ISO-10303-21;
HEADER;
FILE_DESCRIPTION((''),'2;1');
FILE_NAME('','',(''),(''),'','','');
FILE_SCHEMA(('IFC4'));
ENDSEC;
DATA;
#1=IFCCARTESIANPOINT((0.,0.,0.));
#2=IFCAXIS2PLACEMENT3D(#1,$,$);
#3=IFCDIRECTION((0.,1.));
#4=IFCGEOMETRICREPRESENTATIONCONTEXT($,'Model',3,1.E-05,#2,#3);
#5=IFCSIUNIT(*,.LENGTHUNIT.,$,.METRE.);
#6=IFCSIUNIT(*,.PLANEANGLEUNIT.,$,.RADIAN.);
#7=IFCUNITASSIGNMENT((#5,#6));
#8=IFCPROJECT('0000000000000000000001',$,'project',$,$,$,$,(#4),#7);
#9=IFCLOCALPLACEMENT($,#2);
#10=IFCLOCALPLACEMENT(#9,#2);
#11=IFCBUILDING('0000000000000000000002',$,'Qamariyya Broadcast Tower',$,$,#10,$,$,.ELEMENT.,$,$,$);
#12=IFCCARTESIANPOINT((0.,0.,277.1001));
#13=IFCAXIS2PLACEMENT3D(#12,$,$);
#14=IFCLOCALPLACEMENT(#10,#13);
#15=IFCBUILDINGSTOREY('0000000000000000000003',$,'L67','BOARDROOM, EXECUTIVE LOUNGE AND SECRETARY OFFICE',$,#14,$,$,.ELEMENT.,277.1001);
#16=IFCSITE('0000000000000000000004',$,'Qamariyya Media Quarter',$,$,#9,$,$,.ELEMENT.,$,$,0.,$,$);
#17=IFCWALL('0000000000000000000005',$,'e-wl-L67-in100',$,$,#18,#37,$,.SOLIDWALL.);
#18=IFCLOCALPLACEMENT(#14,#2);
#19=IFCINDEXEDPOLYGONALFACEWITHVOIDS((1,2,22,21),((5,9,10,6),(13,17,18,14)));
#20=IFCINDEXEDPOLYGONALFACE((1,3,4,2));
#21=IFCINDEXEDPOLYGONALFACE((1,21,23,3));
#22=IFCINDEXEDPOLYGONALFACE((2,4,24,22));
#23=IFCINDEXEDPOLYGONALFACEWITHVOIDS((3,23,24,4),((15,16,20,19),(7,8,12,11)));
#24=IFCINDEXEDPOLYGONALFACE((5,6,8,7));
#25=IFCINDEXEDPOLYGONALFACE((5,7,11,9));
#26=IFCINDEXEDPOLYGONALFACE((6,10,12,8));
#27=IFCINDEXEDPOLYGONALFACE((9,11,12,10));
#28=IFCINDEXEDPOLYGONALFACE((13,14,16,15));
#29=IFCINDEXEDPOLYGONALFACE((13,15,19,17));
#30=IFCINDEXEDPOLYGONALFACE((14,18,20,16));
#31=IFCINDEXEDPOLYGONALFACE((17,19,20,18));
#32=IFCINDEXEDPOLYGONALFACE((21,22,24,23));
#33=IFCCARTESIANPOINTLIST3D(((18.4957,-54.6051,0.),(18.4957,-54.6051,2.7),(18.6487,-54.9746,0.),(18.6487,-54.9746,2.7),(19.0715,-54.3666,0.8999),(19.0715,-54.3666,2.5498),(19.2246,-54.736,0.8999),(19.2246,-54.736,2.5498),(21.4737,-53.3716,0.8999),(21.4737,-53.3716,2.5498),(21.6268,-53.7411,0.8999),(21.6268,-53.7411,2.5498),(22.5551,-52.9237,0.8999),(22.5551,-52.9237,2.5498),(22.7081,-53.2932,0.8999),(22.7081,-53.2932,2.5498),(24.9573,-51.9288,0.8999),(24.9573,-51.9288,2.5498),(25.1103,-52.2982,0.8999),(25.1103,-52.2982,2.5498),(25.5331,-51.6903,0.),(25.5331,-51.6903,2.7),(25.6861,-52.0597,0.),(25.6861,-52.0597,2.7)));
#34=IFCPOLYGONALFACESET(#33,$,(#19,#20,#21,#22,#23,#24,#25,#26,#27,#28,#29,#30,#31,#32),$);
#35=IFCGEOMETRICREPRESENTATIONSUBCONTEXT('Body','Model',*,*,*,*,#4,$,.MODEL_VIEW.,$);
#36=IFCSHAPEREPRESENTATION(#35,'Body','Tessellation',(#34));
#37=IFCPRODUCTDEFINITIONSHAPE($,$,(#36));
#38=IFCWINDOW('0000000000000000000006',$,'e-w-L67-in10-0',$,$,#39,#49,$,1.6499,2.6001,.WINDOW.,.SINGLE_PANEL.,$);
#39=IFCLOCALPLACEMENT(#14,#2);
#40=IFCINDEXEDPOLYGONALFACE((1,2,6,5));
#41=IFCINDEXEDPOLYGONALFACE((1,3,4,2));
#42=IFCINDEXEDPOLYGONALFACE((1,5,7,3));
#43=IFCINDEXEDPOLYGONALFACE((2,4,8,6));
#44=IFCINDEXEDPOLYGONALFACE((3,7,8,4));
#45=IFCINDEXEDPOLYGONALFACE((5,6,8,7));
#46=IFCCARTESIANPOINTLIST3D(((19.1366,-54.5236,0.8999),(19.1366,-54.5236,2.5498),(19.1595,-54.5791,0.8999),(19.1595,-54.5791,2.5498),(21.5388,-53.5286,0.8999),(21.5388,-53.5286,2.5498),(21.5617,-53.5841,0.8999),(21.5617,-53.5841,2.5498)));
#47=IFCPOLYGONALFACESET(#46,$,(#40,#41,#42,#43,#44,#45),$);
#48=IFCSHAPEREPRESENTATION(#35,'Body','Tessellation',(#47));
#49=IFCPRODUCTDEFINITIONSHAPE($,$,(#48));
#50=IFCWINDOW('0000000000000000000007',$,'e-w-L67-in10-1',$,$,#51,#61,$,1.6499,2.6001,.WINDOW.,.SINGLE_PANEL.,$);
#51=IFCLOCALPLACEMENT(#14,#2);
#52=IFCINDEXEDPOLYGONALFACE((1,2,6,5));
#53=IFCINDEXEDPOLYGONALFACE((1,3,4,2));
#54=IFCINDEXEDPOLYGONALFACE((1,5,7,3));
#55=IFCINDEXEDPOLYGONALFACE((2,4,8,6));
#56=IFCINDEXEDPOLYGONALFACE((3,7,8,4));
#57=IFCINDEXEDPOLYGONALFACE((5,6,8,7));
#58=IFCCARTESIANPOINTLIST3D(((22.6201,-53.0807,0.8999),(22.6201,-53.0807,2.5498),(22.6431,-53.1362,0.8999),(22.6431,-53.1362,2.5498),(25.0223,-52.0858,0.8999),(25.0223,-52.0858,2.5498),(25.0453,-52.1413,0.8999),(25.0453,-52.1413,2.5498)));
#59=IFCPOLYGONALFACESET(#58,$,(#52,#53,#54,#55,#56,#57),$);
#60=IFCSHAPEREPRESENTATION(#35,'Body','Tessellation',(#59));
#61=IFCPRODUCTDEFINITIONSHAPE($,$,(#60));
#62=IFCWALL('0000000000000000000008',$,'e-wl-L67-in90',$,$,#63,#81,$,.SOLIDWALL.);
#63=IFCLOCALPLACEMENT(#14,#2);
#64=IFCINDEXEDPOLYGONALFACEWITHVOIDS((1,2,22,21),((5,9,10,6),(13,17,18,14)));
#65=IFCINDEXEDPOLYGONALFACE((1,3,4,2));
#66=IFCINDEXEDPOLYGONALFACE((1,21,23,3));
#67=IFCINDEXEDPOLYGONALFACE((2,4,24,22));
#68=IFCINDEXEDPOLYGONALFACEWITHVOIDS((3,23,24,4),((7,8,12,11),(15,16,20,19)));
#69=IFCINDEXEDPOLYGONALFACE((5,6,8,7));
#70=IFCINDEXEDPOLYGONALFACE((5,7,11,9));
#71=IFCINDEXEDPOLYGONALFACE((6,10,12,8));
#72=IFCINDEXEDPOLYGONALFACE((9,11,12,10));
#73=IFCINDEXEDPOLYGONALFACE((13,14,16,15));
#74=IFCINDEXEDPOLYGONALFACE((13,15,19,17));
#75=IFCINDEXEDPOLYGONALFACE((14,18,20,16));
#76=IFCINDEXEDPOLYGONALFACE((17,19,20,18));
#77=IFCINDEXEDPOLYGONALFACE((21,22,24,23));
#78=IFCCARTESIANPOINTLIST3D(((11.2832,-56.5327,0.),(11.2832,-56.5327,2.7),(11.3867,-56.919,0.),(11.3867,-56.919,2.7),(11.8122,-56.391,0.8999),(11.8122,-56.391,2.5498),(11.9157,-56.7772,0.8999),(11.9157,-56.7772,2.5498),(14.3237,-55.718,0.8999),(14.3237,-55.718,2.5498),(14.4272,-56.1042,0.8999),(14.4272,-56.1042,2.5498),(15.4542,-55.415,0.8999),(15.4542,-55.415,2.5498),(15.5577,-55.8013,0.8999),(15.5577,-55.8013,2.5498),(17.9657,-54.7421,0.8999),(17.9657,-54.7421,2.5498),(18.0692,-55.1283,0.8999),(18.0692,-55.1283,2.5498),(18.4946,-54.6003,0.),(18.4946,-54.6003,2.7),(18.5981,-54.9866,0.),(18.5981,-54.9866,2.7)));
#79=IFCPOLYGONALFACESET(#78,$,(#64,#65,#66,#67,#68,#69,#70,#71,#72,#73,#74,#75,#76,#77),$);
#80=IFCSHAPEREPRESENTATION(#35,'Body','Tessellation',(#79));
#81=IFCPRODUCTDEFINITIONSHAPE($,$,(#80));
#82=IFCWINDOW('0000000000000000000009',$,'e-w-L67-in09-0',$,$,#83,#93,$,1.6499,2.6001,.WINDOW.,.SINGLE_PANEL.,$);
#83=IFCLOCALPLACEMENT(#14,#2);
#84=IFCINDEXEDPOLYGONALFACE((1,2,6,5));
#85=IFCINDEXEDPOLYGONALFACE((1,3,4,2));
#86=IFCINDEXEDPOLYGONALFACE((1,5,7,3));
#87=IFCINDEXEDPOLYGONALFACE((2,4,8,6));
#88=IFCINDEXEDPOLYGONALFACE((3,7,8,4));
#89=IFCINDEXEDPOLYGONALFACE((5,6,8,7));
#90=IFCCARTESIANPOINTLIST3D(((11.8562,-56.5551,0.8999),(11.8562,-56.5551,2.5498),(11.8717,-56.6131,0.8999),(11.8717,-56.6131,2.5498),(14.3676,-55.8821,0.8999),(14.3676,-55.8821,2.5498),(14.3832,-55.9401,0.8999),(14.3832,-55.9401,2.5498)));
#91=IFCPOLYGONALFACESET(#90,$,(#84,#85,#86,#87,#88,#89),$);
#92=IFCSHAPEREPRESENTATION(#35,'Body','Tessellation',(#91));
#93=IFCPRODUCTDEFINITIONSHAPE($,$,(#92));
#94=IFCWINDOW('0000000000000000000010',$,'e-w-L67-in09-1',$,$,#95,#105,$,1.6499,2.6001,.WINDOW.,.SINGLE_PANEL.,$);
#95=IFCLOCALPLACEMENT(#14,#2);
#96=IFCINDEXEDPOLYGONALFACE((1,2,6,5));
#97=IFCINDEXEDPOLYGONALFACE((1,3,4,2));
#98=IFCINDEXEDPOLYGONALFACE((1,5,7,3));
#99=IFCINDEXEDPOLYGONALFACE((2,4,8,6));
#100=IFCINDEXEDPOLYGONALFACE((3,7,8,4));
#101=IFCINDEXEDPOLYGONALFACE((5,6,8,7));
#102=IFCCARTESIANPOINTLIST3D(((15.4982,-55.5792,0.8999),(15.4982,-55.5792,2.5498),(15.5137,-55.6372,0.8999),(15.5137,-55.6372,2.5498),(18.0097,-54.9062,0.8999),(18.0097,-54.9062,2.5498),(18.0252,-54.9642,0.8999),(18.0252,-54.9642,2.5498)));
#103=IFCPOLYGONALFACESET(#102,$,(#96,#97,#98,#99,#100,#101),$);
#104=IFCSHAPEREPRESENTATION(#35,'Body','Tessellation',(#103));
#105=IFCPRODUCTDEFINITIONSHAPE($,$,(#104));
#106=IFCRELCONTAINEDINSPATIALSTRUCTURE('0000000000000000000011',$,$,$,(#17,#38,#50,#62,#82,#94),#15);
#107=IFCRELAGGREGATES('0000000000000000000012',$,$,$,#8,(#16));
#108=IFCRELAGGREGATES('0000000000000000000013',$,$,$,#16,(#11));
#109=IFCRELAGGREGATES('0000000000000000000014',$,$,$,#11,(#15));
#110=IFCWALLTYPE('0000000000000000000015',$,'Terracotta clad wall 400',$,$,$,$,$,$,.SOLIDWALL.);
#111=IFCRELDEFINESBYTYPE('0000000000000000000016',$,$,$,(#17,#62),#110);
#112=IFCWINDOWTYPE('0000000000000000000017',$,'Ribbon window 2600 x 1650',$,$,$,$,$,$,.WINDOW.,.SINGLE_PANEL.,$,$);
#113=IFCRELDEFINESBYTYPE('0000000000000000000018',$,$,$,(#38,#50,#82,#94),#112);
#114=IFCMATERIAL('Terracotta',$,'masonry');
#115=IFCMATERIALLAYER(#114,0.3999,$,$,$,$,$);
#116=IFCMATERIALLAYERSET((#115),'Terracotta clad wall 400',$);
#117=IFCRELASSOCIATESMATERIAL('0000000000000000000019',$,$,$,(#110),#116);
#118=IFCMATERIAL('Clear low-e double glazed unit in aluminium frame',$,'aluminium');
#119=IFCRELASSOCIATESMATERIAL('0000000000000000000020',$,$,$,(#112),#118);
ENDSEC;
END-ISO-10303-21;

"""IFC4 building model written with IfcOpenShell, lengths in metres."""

from ifc_helpers import new_model, si_unit, direction, frame, frame_2d, origin, place, context, subcontext, project, spatial, rectangle, extrude, material, layer, layer_set, type_object, element, fill, save


model = new_model("IFC4")

# Units and contexts
model_context = context("Model", 3, precision=1e-05, world=origin(), true_north=direction((0.0, 1.0)))
body_context = subcontext(model_context, "Body", "Model", "MODEL_VIEW")
ifc_project = project(units=[si_unit("LENGTHUNIT", "METRE"), si_unit("PLANEANGLEUNIT", "RADIAN")], contexts=[model_context])

# Site, building, storey
site_placement = place(None, origin())
site = spatial("IfcSite", under=ifc_project, at=site_placement, Name="Qamariyya Media Quarter", CompositionType="ELEMENT", RefElevation=0.0)
building_placement = place(site_placement, origin())
building = spatial("IfcBuilding", under=site, at=building_placement, Name="Qamariyya Broadcast Tower", CompositionType="ELEMENT")
storey_placement = place(building_placement, frame((0.0, 0.0, 277.1001)))
storey = spatial("IfcBuildingStorey", under=building, at=storey_placement, Name="L67", Description="BOARDROOM, EXECUTIVE LOUNGE AND SECRETARY OFFICE", CompositionType="ELEMENT", Elevation=277.1001)

# Walls, openings, windows
ifc_material_1 = material(Name="Terracotta", Category="masonry")
ifc_layer_1 = layer(ifc_material_1, 0.3999)
ifc_layer_set_1 = layer_set([ifc_layer_1], Name="Terracotta clad wall 400")
wall_type_1 = type_object("IfcWallType", Name="Terracotta clad wall 400", PredefinedType="SOLIDWALL", material=ifc_layer_set_1)
wall_1_placement = place(storey_placement, frame((25.6096, -51.875, 0.0), z_axis=(0.0, 0.0, 1.0), x_axis=(-0.923888, -0.382664, 0.0)))
wall_1 = element("IfcWall", 1, at=wall_1_placement, inside=storey, type_object=wall_type_1, Name="e-wl-L67-in100", PredefinedType="SOLIDWALL", context=body_context, shape_type="SweptSolid", body=[
    extrude(rectangle(XDim=7.6172, YDim=0.3999, at=frame_2d((3.8086, 0.0))), origin(), (0.0, 0.0, 1.0), 2.7),
])
opening_1_placement = place(wall_1_placement, frame((4.3938, 0.0, 0.8999)))
opening_1 = element("IfcOpeningElement", 2, at=opening_1_placement, cuts=wall_1, PredefinedType="OPENING", context=body_context, shape_type="SweptSolid", body=[
    extrude(rectangle(XDim=2.6001, YDim=1.6499, at=frame_2d((1.3, 0.825))), frame((0.0, 0.21, 0.0), z_axis=(0.0, -1.0, 0.0), x_axis=(1.0, 0.0, 0.0)), (0.0, 0.0, 1.0), 0.4199),
])
opening_2_placement = place(wall_1_placement, frame((0.6233, 0.0, 0.8999)))
opening_2 = element("IfcOpeningElement", 3, at=opening_2_placement, cuts=wall_1, PredefinedType="OPENING", context=body_context, shape_type="SweptSolid", body=[
    extrude(rectangle(XDim=2.6001, YDim=1.6499, at=frame_2d((1.3, 0.825))), frame((0.0, 0.21, 0.0), z_axis=(0.0, -1.0, 0.0), x_axis=(1.0, 0.0, 0.0)), (0.0, 0.0, 1.0), 0.4199),
])
ifc_material_2 = material(Name="Clear low-e double glazed unit in aluminium frame", Category="aluminium")
window_type = type_object("IfcWindowType", Name="Ribbon window 2600 x 1650", PartitioningType="SINGLE_PANEL", PredefinedType="WINDOW", material=ifc_material_2)
window_1_placement = place(opening_1_placement, origin())
window_1 = element("IfcWindow", 4, at=window_1_placement, inside=storey, type_object=window_type, Name="e-w-L67-in10-0", OverallHeight=1.6499, OverallWidth=2.6001, PartitioningType="SINGLE_PANEL", PredefinedType="WINDOW", context=body_context, shape_type="SweptSolid", body=[
    extrude(rectangle(XDim=2.6001, YDim=1.6499, at=frame_2d((1.3, 0.825))), frame((0.0, 0.03, 0.0), z_axis=(0.0, -1.0, 0.0), x_axis=(1.0, 0.0, 0.0)), (0.0, 0.0, 1.0), 0.0601),
])
fill(opening_1, window_1)
window_2_placement = place(opening_2_placement, origin())
window_2 = element("IfcWindow", 5, at=window_2_placement, inside=storey, type_object=window_type, Name="e-w-L67-in10-1", OverallHeight=1.6499, OverallWidth=2.6001, PartitioningType="SINGLE_PANEL", PredefinedType="WINDOW", context=body_context, shape_type="SweptSolid", body=[
    extrude(rectangle(XDim=2.6001, YDim=1.6499, at=frame_2d((1.3, 0.825))), frame((0.0, 0.03, 0.0), z_axis=(0.0, -1.0, 0.0), x_axis=(1.0, 0.0, 0.0)), (0.0, 0.0, 1.0), 0.0601),
])
fill(opening_2, window_2)
wall_2_placement = place(storey_placement, frame((18.5464, -54.7935, 0.0), z_axis=(0.0, 0.0, 1.0), x_axis=(-0.965923, -0.258829, 0.0)))
wall_2 = element("IfcWall", 6, at=wall_2_placement, inside=storey, type_object=wall_type_1, Name="e-wl-L67-in90", PredefinedType="SOLIDWALL", context=body_context, shape_type="SweptSolid", body=[
    extrude(rectangle(XDim=7.4658, YDim=0.3999, at=frame_2d((3.7329, 0.0))), origin(), (0.0, 0.0, 1.0), 2.7),
])
opening_3_placement = place(wall_2_placement, frame((4.3181, 0.0, 0.8999)))
opening_3 = element("IfcOpeningElement", 7, at=opening_3_placement, cuts=wall_2, PredefinedType="OPENING", context=body_context, shape_type="SweptSolid", body=[
    extrude(rectangle(XDim=2.6001, YDim=1.6499, at=frame_2d((1.3, 0.825))), frame((0.0, 0.21, 0.0), z_axis=(0.0, -1.0, 0.0), x_axis=(1.0, 0.0, 0.0)), (0.0, 0.0, 1.0), 0.4199),
])
opening_4_placement = place(wall_2_placement, frame((0.5476, 0.0, 0.8999)))
opening_4 = element("IfcOpeningElement", 8, at=opening_4_placement, cuts=wall_2, PredefinedType="OPENING", context=body_context, shape_type="SweptSolid", body=[
    extrude(rectangle(XDim=2.6001, YDim=1.6499, at=frame_2d((1.3, 0.825))), frame((0.0, 0.21, 0.0), z_axis=(0.0, -1.0, 0.0), x_axis=(1.0, 0.0, 0.0)), (0.0, 0.0, 1.0), 0.4199),
])
window_3_placement = place(opening_3_placement, origin())
window_3 = element("IfcWindow", 9, at=window_3_placement, inside=storey, type_object=window_type, Name="e-w-L67-in09-0", OverallHeight=1.6499, OverallWidth=2.6001, PartitioningType="SINGLE_PANEL", PredefinedType="WINDOW", context=body_context, shape_type="SweptSolid", body=[
    extrude(rectangle(XDim=2.6001, YDim=1.6499, at=frame_2d((1.3, 0.825))), frame((0.0, 0.03, 0.0), z_axis=(0.0, -1.0, 0.0), x_axis=(1.0, 0.0, 0.0)), (0.0, 0.0, 1.0), 0.0601),
])
fill(opening_3, window_3)
window_4_placement = place(opening_4_placement, origin())
window_4 = element("IfcWindow", 10, at=window_4_placement, inside=storey, type_object=window_type, Name="e-w-L67-in09-1", OverallHeight=1.6499, OverallWidth=2.6001, PartitioningType="SINGLE_PANEL", PredefinedType="WINDOW", context=body_context, shape_type="SweptSolid", body=[
    extrude(rectangle(XDim=2.6001, YDim=1.6499, at=frame_2d((1.3, 0.825))), frame((0.0, 0.03, 0.0), z_axis=(0.0, -1.0, 0.0), x_axis=(1.0, 0.0, 0.0)), (0.0, 0.0, 1.0), 0.0601),
])
fill(opening_4, window_4)

save(model, "model.ifc")
